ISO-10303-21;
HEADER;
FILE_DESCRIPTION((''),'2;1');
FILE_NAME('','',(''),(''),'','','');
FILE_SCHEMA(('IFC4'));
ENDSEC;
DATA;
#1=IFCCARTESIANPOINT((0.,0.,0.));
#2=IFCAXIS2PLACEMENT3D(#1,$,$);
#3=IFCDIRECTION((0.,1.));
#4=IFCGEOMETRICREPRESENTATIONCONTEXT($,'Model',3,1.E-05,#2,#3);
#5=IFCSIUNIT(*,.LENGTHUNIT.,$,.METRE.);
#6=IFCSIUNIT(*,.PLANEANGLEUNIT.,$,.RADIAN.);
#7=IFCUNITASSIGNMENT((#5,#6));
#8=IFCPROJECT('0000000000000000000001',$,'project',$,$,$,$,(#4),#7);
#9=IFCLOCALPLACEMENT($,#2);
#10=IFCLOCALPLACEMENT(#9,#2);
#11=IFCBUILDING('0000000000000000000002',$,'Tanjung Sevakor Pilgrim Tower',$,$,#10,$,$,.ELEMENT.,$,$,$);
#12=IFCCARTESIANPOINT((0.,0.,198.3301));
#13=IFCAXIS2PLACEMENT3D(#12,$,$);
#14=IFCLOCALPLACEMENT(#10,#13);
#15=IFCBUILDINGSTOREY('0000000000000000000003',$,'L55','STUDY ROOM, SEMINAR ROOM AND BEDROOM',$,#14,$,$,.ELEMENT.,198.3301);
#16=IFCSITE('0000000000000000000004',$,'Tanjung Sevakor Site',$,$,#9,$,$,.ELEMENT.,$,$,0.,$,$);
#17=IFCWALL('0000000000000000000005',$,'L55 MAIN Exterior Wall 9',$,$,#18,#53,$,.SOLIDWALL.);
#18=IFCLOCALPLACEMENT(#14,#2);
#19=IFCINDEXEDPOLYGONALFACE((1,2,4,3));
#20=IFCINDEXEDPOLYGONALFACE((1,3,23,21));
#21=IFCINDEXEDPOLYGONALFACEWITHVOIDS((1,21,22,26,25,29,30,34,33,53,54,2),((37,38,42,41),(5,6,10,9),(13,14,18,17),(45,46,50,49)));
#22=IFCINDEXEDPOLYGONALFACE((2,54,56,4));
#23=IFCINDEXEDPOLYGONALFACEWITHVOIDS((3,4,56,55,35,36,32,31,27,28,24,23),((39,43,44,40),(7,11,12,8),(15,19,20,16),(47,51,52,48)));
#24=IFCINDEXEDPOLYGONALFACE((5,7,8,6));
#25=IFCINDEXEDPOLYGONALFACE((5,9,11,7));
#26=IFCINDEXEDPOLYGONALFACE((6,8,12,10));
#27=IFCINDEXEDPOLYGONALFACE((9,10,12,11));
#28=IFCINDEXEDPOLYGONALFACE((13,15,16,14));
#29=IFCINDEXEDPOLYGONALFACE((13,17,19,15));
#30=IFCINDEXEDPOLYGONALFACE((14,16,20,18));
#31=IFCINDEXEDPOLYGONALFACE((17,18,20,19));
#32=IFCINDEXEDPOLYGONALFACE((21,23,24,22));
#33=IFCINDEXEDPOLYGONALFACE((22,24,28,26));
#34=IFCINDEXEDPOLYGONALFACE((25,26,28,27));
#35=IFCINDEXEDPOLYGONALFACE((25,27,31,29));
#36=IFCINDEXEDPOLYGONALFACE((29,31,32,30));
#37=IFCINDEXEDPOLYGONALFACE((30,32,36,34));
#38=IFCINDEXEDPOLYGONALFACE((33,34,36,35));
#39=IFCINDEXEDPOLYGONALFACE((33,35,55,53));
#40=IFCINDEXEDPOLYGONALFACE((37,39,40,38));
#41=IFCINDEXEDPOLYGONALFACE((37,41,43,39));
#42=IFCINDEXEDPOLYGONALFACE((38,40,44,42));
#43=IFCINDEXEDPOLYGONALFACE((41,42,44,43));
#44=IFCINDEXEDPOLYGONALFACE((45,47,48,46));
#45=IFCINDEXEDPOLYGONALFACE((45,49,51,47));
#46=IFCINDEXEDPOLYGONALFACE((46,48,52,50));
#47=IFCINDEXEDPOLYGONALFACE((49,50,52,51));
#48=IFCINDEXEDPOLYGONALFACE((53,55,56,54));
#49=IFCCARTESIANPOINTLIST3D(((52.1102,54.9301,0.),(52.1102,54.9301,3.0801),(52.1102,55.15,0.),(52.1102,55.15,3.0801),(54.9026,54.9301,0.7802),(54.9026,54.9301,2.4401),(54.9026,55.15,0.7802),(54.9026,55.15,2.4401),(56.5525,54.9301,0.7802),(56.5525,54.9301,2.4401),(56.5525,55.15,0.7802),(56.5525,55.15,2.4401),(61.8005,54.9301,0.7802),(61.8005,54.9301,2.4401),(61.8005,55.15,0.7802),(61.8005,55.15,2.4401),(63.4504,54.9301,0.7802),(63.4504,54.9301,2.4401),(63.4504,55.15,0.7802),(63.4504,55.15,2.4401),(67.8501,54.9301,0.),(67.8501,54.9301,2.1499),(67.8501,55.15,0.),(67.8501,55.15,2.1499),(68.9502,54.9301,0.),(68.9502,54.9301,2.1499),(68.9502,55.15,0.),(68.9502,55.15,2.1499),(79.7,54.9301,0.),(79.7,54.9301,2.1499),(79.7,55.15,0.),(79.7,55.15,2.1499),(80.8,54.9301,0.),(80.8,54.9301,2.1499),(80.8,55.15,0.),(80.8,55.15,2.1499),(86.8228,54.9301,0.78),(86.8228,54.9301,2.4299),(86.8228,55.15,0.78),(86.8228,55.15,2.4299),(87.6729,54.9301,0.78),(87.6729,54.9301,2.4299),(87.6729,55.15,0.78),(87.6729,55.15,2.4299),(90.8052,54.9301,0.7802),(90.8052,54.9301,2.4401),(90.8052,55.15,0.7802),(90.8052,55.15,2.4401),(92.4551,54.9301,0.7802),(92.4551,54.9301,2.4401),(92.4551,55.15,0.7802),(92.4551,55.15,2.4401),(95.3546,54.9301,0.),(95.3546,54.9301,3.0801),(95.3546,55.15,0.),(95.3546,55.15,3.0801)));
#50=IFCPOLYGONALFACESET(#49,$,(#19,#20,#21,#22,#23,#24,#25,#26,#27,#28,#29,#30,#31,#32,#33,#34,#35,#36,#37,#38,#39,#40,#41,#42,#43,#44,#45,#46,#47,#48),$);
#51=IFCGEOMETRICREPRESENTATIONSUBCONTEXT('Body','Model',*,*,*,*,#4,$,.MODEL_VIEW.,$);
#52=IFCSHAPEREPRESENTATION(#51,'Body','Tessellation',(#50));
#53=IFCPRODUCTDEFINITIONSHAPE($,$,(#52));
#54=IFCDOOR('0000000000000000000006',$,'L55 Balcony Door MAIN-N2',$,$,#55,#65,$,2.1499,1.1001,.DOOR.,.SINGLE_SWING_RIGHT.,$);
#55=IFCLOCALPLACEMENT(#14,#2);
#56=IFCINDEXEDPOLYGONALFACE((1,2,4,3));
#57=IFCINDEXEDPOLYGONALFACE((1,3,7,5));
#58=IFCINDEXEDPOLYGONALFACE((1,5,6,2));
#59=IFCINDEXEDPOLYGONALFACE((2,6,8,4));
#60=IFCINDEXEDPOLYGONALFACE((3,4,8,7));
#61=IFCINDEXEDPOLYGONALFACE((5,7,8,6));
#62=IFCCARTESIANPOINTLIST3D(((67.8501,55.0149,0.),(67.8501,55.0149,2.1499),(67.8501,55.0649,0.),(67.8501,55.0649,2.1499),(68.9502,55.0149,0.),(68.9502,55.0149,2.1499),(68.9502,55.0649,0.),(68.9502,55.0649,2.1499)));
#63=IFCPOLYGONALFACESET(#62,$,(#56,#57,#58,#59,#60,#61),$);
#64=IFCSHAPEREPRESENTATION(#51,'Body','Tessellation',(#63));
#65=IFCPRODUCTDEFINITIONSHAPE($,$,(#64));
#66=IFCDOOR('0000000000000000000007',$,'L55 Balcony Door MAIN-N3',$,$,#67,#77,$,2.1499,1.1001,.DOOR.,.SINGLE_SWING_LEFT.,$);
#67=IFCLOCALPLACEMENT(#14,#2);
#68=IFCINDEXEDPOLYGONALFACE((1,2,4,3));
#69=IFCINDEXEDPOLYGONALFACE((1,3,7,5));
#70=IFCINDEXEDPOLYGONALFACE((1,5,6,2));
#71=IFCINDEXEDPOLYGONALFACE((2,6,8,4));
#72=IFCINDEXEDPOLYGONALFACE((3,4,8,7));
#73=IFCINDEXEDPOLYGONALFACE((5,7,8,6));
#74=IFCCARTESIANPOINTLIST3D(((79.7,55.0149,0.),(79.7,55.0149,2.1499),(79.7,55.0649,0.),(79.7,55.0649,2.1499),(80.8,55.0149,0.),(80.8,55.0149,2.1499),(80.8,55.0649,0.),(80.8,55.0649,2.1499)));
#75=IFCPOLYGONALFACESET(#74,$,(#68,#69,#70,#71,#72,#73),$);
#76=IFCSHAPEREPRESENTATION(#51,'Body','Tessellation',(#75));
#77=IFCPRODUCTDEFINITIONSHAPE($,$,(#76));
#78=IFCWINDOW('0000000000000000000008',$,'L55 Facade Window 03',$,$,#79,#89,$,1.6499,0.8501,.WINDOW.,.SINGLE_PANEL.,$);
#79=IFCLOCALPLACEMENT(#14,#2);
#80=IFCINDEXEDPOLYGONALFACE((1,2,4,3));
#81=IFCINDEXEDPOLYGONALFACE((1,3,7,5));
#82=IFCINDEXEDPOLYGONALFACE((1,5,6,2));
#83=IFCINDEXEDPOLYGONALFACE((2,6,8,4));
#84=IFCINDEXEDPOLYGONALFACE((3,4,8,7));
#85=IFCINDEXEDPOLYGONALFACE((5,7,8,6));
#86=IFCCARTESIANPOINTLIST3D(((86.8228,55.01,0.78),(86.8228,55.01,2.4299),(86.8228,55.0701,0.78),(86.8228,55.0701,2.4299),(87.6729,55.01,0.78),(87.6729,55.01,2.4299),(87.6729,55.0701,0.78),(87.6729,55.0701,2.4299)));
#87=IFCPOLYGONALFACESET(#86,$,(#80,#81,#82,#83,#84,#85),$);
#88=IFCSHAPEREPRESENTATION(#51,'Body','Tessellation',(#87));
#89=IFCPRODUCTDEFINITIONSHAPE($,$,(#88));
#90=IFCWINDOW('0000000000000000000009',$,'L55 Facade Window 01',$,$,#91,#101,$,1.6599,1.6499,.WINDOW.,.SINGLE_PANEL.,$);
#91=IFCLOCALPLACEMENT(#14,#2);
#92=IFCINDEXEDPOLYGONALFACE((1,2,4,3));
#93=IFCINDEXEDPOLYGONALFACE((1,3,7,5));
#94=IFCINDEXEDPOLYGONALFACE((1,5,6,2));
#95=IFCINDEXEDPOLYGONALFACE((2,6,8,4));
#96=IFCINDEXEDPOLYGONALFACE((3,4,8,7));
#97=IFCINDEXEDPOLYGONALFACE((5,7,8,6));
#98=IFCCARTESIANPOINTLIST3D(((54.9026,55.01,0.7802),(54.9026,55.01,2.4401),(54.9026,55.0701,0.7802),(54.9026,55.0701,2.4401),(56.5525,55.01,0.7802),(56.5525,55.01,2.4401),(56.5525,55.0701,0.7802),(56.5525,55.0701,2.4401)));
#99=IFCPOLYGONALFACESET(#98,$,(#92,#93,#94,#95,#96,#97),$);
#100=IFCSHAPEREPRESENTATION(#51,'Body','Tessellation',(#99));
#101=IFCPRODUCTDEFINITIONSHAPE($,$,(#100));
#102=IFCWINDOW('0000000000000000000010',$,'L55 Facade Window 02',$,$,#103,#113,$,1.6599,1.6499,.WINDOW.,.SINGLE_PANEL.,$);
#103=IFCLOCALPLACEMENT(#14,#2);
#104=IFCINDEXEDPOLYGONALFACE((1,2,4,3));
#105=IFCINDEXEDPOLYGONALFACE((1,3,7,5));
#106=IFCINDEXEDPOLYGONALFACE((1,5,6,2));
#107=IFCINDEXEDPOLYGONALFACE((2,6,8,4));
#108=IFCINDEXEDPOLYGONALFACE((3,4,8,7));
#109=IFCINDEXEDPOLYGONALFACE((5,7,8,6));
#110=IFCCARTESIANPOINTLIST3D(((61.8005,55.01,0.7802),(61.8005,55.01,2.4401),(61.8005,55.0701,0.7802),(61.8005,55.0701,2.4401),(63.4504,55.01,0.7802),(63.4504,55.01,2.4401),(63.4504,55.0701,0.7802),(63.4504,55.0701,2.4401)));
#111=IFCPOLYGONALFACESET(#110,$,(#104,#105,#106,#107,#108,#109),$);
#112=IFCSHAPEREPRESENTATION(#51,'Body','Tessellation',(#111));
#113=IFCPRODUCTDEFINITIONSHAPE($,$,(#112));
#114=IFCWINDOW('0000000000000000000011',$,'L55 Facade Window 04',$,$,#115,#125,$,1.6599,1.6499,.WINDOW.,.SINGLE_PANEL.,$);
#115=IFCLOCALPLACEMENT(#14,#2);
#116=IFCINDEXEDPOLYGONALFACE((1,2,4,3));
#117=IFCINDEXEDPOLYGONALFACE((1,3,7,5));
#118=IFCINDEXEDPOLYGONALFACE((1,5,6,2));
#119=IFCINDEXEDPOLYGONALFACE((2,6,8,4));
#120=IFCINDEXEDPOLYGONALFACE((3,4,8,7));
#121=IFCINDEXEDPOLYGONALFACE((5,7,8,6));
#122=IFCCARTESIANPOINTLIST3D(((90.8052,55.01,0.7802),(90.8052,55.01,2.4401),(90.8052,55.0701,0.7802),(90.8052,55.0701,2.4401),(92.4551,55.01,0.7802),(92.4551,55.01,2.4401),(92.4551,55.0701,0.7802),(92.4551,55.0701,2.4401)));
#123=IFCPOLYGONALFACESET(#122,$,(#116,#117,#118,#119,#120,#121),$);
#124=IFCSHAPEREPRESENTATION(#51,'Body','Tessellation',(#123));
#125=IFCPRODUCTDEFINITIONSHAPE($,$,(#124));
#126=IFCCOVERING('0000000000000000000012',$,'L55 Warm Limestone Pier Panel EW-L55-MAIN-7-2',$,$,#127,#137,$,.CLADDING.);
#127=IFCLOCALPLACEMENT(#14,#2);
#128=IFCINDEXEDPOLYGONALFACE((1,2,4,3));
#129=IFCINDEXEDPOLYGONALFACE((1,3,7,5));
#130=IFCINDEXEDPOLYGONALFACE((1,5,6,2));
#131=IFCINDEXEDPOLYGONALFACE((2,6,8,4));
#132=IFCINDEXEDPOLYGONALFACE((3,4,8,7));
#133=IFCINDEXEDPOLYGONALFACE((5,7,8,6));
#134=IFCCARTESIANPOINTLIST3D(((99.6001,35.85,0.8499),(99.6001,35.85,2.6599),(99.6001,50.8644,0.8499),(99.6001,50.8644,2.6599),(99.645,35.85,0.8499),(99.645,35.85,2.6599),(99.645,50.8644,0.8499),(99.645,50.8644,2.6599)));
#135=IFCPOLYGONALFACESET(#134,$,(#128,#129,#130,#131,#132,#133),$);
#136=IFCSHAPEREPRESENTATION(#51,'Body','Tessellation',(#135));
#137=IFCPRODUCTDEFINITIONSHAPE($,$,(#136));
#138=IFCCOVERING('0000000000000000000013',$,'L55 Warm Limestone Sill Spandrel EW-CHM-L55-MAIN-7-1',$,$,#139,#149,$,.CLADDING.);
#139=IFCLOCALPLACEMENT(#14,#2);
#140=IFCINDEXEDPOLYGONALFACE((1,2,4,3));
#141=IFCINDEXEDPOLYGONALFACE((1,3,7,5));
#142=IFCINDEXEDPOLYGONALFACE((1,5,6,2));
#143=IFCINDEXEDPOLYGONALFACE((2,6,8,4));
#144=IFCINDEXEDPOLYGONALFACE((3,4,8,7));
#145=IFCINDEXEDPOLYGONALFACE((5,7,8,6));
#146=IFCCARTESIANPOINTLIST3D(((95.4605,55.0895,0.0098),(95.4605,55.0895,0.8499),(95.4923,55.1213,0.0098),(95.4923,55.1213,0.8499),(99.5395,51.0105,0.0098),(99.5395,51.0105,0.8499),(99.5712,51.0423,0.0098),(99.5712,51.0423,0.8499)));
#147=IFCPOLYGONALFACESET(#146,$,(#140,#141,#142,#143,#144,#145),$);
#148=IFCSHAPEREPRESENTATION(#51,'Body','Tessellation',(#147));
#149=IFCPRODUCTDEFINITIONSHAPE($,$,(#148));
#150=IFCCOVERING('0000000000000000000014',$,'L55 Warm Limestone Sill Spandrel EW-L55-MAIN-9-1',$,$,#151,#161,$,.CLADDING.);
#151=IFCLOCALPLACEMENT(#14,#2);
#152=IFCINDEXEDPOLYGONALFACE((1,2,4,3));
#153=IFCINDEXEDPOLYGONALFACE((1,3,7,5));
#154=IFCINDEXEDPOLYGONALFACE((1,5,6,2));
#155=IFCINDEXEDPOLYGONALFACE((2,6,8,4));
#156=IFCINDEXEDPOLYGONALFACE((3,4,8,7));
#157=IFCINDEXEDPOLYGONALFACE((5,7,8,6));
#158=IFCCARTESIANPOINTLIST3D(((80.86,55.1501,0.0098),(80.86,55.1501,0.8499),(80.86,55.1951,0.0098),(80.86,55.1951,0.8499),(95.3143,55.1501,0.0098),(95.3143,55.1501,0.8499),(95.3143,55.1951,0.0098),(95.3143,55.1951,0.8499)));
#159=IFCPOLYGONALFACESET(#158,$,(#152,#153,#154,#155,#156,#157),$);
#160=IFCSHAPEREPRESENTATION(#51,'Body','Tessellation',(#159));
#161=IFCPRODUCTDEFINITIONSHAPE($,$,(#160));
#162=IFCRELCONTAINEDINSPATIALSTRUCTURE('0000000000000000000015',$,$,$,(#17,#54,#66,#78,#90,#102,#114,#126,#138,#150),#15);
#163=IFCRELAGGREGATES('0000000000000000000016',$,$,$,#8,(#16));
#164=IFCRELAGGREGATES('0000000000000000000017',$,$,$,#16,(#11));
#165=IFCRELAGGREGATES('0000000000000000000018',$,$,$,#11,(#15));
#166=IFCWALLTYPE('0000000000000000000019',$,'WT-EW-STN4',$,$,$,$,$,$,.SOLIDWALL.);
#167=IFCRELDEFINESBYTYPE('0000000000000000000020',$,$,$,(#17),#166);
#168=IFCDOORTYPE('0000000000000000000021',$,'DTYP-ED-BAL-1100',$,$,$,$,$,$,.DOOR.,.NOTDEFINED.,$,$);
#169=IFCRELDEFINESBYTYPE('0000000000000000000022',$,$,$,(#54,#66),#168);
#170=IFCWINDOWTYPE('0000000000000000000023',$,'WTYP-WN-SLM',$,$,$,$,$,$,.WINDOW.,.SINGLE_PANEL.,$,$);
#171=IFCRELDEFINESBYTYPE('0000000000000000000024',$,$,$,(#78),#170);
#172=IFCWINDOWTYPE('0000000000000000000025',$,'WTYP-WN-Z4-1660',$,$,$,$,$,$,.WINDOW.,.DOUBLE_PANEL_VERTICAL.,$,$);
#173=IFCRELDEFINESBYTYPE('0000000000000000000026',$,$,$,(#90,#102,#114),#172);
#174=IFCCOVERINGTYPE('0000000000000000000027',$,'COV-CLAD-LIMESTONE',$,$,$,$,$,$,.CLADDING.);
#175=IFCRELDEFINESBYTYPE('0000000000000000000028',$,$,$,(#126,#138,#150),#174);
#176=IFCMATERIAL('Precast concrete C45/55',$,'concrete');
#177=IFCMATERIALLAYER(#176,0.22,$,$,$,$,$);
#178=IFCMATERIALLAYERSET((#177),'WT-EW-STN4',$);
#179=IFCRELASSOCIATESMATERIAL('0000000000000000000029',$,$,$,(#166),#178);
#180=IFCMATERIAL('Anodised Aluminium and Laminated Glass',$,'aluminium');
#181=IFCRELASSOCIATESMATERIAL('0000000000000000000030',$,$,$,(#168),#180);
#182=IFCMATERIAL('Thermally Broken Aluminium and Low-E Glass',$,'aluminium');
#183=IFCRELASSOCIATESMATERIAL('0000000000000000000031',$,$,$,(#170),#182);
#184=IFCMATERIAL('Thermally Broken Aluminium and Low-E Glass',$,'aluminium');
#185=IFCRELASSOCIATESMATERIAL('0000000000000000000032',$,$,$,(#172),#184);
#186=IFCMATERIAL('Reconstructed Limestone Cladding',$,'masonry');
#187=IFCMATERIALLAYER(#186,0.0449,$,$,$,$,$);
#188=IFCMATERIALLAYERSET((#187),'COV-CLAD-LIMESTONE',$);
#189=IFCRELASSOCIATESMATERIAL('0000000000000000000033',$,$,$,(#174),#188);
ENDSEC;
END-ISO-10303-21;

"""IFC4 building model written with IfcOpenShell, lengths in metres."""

from ifc_helpers import new_model, si_unit, direction, frame, frame_2d, origin, origin_2d, place, context, subcontext, project, spatial, rectangle, extrude, material, layer, layer_set, type_object, element, fill, save


model = new_model("IFC4")

# Units and contexts
model_context = context("Model", 3, precision=1e-05, world=origin(), true_north=direction((0.0, 1.0)))
body_context = subcontext(model_context, "Body", "Model", "MODEL_VIEW")
ifc_project = project(units=[si_unit("LENGTHUNIT", "METRE"), si_unit("PLANEANGLEUNIT", "RADIAN")], contexts=[model_context])

# Site, building, storey
site_placement = place(None, origin())
site = spatial("IfcSite", under=ifc_project, at=site_placement, Name="Tanjung Sevakor Site", CompositionType="ELEMENT", RefElevation=0.0)
building_placement = place(site_placement, origin())
building = spatial("IfcBuilding", under=site, at=building_placement, Name="Tanjung Sevakor Pilgrim Tower", CompositionType="ELEMENT")
storey_placement = place(building_placement, frame((0.0, 0.0, 198.3301)))
storey = spatial("IfcBuildingStorey", under=building, at=storey_placement, Name="L55", Description="STUDY ROOM, SEMINAR ROOM AND BEDROOM", CompositionType="ELEMENT", Elevation=198.3301)

# Shared definitions
ifc_material_1 = material(Name="Precast concrete C45/55", Category="concrete")
ifc_layer_1 = layer(ifc_material_1, 0.22)
ifc_layer_set_1 = layer_set([ifc_layer_1], Name="WT-EW-STN4")
wall_type_1 = type_object("IfcWallType", Name="WT-EW-STN4", PredefinedType="SOLIDWALL", material=ifc_layer_set_1)

# Wall, openings, doors, windows
wall_1_placement = place(storey_placement, frame((95.3545, 55.04, 0.0), z_axis=(0.0, 0.0, 1.0), x_axis=(-1.0, 0.0, 0.0)))
wall_1 = element("IfcWall", 1, at=wall_1_placement, inside=storey, type_object=wall_type_1, Name="L55 MAIN Exterior Wall 9", PredefinedType="SOLIDWALL", context=body_context, shape_type="SweptSolid", body=[
    extrude(rectangle(XDim=43.2444, YDim=0.22, at=frame_2d((21.6221, 0.0))), origin(), (0.0, 0.0, 1.0), 3.0801),
])
opening_1_placement = place(wall_1_placement, frame((26.4043, 0.0, 0.0)))
opening_1 = element("IfcOpeningElement", 2, at=opening_1_placement, cuts=wall_1, PredefinedType="OPENING", context=body_context, shape_type="SweptSolid", body=[
    extrude(rectangle(XDim=1.1001, YDim=2.1499, at=frame_2d((0.55, 1.075))), frame((0.0, 0.1199, 0.0), z_axis=(0.0, -1.0, 0.0), x_axis=(1.0, 0.0, 0.0)), (0.0, 0.0, 1.0), 0.24),
])
opening_2_placement = place(wall_1_placement, frame((14.5544, 0.0, 0.0)))
opening_2 = element("IfcOpeningElement", 3, at=opening_2_placement, cuts=wall_1, PredefinedType="OPENING", context=body_context, shape_type="SweptSolid", body=[
    extrude(rectangle(XDim=1.1001, YDim=2.1499, at=frame_2d((0.55, 1.075))), frame((0.0, 0.1199, 0.0), z_axis=(0.0, -1.0, 0.0), x_axis=(1.0, 0.0, 0.0)), (0.0, 0.0, 1.0), 0.24),
])
opening_3_placement = place(wall_1_placement, frame((38.802, 0.0, 0.78)))
opening_3 = element("IfcOpeningElement", 4, at=opening_3_placement, cuts=wall_1, PredefinedType="OPENING", context=body_context, shape_type="SweptSolid", body=[
    extrude(rectangle(XDim=1.6499, YDim=1.6599, at=frame_2d((0.825, 0.8301))), frame((0.0, 0.1199, 0.0), z_axis=(0.0, -1.0, 0.0), x_axis=(1.0, 0.0, 0.0)), (0.0, 0.0, 1.0), 0.24),
])
opening_4_placement = place(wall_1_placement, frame((31.9041, 0.0, 0.78)))
opening_4 = element("IfcOpeningElement", 5, at=opening_4_placement, cuts=wall_1, PredefinedType="OPENING", context=body_context, shape_type="SweptSolid", body=[
    extrude(rectangle(XDim=1.6499, YDim=1.6599, at=frame_2d((0.825, 0.8301))), frame((0.0, 0.1199, 0.0), z_axis=(0.0, -1.0, 0.0), x_axis=(1.0, 0.0, 0.0)), (0.0, 0.0, 1.0), 0.24),
])
opening_5_placement = place(wall_1_placement, frame((7.6816, 0.0, 0.78)))
opening_5 = element("IfcOpeningElement", 6, at=opening_5_placement, cuts=wall_1, PredefinedType="OPENING", context=body_context, shape_type="SweptSolid", body=[
    extrude(rectangle(XDim=0.8501, YDim=1.6499, at=frame_2d((0.425, 0.825))), frame((0.0, 0.1199, 0.0), z_axis=(0.0, -1.0, 0.0), x_axis=(1.0, 0.0, 0.0)), (0.0, 0.0, 1.0), 0.24),
])
opening_6_placement = place(wall_1_placement, frame((2.8994, 0.0, 0.78)))
opening_6 = element("IfcOpeningElement", 7, at=opening_6_placement, cuts=wall_1, PredefinedType="OPENING", context=body_context, shape_type="SweptSolid", body=[
    extrude(rectangle(XDim=1.6499, YDim=1.6599, at=frame_2d((0.825, 0.8301))), frame((0.0, 0.1199, 0.0), z_axis=(0.0, -1.0, 0.0), x_axis=(1.0, 0.0, 0.0)), (0.0, 0.0, 1.0), 0.24),
])
ifc_material_2 = material(Name="Anodised Aluminium and Laminated Glass", Category="aluminium")
door_type = type_object("IfcDoorType", Name="DTYP-ED-BAL-1100", OperationType="NOTDEFINED", PredefinedType="DOOR", material=ifc_material_2)
door_1_placement = place(opening_1_placement, frame((1.1001, 0.0, 0.0), z_axis=(0.0, 0.0, 1.0), x_axis=(-1.0, 0.0, 0.0)))
door_1 = element("IfcDoor", 8, at=door_1_placement, inside=storey, type_object=door_type, Name="L55 Balcony Door MAIN-N2", OperationType="SINGLE_SWING_RIGHT", OverallHeight=2.1499, OverallWidth=1.1001, PredefinedType="DOOR", context=body_context, shape_type="SweptSolid", body=[
    extrude(rectangle(XDim=1.1001, YDim=2.1499, at=frame_2d((0.55, 1.075))), frame((0.0, 0.0249, 0.0), z_axis=(0.0, -1.0, 0.0), x_axis=(1.0, 0.0, 0.0)), (0.0, 0.0, 1.0), 0.05),
])
fill(opening_1, door_1)
door_2_placement = place(opening_2_placement, frame((1.1001, 0.0, 0.0), z_axis=(0.0, 0.0, 1.0), x_axis=(-1.0, 0.0, 0.0)))
door_2 = element("IfcDoor", 9, at=door_2_placement, inside=storey, type_object=door_type, Name="L55 Balcony Door MAIN-N3", OperationType="SINGLE_SWING_LEFT", OverallHeight=2.1499, OverallWidth=1.1001, PredefinedType="DOOR", context=body_context, shape_type="SweptSolid", body=[
    extrude(rectangle(XDim=1.1001, YDim=2.1499, at=frame_2d((0.55, 1.075))), frame((0.0, 0.0249, 0.0), z_axis=(0.0, -1.0, 0.0), x_axis=(1.0, 0.0, 0.0)), (0.0, 0.0, 1.0), 0.05),
])
fill(opening_2, door_2)
ifc_material_3 = material(Name="Thermally Broken Aluminium and Low-E Glass", Category="aluminium")
window_type_1 = type_object("IfcWindowType", Name="WTYP-WN-SLM", PartitioningType="SINGLE_PANEL", PredefinedType="WINDOW", material=ifc_material_3)
window_1_placement = place(opening_5_placement, origin())
window_1 = element("IfcWindow", 10, at=window_1_placement, inside=storey, type_object=window_type_1, Name="L55 Facade Window 03", OverallHeight=1.6499, OverallWidth=0.8501, PartitioningType="SINGLE_PANEL", PredefinedType="WINDOW", context=body_context, shape_type="SweptSolid", body=[
    extrude(rectangle(XDim=0.8501, YDim=1.6499, at=frame_2d((0.425, 0.825))), frame((0.0, 0.03, 0.0), z_axis=(0.0, -1.0, 0.0), x_axis=(1.0, 0.0, 0.0)), (0.0, 0.0, 1.0), 0.0601),
])
fill(opening_5, window_1)
ifc_material_4 = material(Name="Thermally Broken Aluminium and Low-E Glass", Category="aluminium")
window_type_2 = type_object("IfcWindowType", Name="WTYP-WN-Z4-1660", PartitioningType="DOUBLE_PANEL_VERTICAL", PredefinedType="WINDOW", material=ifc_material_4)
window_2_placement = place(opening_3_placement, origin())
window_2 = element("IfcWindow", 11, at=window_2_placement, inside=storey, type_object=window_type_2, Name="L55 Facade Window 01", OverallHeight=1.6599, OverallWidth=1.6499, PartitioningType="SINGLE_PANEL", PredefinedType="WINDOW", context=body_context, shape_type="SweptSolid", body=[
    extrude(rectangle(XDim=1.6499, YDim=1.6599, at=frame_2d((0.825, 0.8301))), frame((0.0, 0.03, 0.0), z_axis=(0.0, -1.0, 0.0), x_axis=(1.0, 0.0, 0.0)), (0.0, 0.0, 1.0), 0.0601),
])
fill(opening_3, window_2)
window_3_placement = place(opening_4_placement, origin())
window_3 = element("IfcWindow", 12, at=window_3_placement, inside=storey, type_object=window_type_2, Name="L55 Facade Window 02", OverallHeight=1.6599, OverallWidth=1.6499, PartitioningType="SINGLE_PANEL", PredefinedType="WINDOW", context=body_context, shape_type="SweptSolid", body=[
    extrude(rectangle(XDim=1.6499, YDim=1.6599, at=frame_2d((0.825, 0.8301))), frame((0.0, 0.03, 0.0), z_axis=(0.0, -1.0, 0.0), x_axis=(1.0, 0.0, 0.0)), (0.0, 0.0, 1.0), 0.0601),
])
fill(opening_4, window_3)
window_4_placement = place(opening_6_placement, origin())
window_4 = element("IfcWindow", 13, at=window_4_placement, inside=storey, type_object=window_type_2, Name="L55 Facade Window 04", OverallHeight=1.6599, OverallWidth=1.6499, PartitioningType="SINGLE_PANEL", PredefinedType="WINDOW", context=body_context, shape_type="SweptSolid", body=[
    extrude(rectangle(XDim=1.6499, YDim=1.6599, at=frame_2d((0.825, 0.8301))), frame((0.0, 0.03, 0.0), z_axis=(0.0, -1.0, 0.0), x_axis=(1.0, 0.0, 0.0)), (0.0, 0.0, 1.0), 0.0601),
])
fill(opening_6, window_4)

# Coverings
ifc_material_5 = material(Name="Reconstructed Limestone Cladding", Category="masonry")
ifc_layer_2 = layer(ifc_material_5, 0.0449)
ifc_layer_set_2 = layer_set([ifc_layer_2], Name="COV-CLAD-LIMESTONE")
covering_type = type_object("IfcCoveringType", Name="COV-CLAD-LIMESTONE", PredefinedType="CLADDING", material=ifc_layer_set_2)
covering_1_placement = place(storey_placement, frame((99.6226, 43.3572, 0.8499), z_axis=(0.0, 0.0, 1.0), x_axis=(0.0, 1.0, 0.0)))
element("IfcCovering", 14, at=covering_1_placement, inside=storey, type_object=covering_type, Name="L55 Warm Limestone Pier Panel EW-L55-MAIN-7-2", PredefinedType="CLADDING", context=body_context, shape_type="SweptSolid", body=[
    extrude(rectangle(XDim=15.0144, YDim=0.0449, at=origin_2d()), origin(), (0.0, 0.0, 1.0), 1.8101),
])
covering_2_placement = place(storey_placement, frame((97.5159, 53.0659, 0.0098), z_axis=(0.0, 0.0, 1.0), x_axis=(-0.707107, 0.707107, 0.0)))
element("IfcCovering", 15, at=covering_2_placement, inside=storey, type_object=covering_type, Name="L55 Warm Limestone Sill Spandrel EW-CHM-L55-MAIN-7-1", PredefinedType="CLADDING", context=body_context, shape_type="SweptSolid", body=[
    extrude(rectangle(XDim=5.7686, YDim=0.0449, at=origin_2d()), origin(), (0.0, 0.0, 1.0), 0.8401),
])
covering_3_placement = place(storey_placement, frame((88.0872, 55.1726, 0.0098), z_axis=(0.0, 0.0, 1.0), x_axis=(-1.0, 0.0, 0.0)))
element("IfcCovering", 16, at=covering_3_placement, inside=storey, type_object=covering_type, Name="L55 Warm Limestone Sill Spandrel EW-L55-MAIN-9-1", PredefinedType="CLADDING", context=body_context, shape_type="SweptSolid", body=[
    extrude(rectangle(XDim=14.4543, YDim=0.0449, at=origin_2d()), origin(), (0.0, 0.0, 1.0), 0.8401),
])

save(model, "model.ifc")
